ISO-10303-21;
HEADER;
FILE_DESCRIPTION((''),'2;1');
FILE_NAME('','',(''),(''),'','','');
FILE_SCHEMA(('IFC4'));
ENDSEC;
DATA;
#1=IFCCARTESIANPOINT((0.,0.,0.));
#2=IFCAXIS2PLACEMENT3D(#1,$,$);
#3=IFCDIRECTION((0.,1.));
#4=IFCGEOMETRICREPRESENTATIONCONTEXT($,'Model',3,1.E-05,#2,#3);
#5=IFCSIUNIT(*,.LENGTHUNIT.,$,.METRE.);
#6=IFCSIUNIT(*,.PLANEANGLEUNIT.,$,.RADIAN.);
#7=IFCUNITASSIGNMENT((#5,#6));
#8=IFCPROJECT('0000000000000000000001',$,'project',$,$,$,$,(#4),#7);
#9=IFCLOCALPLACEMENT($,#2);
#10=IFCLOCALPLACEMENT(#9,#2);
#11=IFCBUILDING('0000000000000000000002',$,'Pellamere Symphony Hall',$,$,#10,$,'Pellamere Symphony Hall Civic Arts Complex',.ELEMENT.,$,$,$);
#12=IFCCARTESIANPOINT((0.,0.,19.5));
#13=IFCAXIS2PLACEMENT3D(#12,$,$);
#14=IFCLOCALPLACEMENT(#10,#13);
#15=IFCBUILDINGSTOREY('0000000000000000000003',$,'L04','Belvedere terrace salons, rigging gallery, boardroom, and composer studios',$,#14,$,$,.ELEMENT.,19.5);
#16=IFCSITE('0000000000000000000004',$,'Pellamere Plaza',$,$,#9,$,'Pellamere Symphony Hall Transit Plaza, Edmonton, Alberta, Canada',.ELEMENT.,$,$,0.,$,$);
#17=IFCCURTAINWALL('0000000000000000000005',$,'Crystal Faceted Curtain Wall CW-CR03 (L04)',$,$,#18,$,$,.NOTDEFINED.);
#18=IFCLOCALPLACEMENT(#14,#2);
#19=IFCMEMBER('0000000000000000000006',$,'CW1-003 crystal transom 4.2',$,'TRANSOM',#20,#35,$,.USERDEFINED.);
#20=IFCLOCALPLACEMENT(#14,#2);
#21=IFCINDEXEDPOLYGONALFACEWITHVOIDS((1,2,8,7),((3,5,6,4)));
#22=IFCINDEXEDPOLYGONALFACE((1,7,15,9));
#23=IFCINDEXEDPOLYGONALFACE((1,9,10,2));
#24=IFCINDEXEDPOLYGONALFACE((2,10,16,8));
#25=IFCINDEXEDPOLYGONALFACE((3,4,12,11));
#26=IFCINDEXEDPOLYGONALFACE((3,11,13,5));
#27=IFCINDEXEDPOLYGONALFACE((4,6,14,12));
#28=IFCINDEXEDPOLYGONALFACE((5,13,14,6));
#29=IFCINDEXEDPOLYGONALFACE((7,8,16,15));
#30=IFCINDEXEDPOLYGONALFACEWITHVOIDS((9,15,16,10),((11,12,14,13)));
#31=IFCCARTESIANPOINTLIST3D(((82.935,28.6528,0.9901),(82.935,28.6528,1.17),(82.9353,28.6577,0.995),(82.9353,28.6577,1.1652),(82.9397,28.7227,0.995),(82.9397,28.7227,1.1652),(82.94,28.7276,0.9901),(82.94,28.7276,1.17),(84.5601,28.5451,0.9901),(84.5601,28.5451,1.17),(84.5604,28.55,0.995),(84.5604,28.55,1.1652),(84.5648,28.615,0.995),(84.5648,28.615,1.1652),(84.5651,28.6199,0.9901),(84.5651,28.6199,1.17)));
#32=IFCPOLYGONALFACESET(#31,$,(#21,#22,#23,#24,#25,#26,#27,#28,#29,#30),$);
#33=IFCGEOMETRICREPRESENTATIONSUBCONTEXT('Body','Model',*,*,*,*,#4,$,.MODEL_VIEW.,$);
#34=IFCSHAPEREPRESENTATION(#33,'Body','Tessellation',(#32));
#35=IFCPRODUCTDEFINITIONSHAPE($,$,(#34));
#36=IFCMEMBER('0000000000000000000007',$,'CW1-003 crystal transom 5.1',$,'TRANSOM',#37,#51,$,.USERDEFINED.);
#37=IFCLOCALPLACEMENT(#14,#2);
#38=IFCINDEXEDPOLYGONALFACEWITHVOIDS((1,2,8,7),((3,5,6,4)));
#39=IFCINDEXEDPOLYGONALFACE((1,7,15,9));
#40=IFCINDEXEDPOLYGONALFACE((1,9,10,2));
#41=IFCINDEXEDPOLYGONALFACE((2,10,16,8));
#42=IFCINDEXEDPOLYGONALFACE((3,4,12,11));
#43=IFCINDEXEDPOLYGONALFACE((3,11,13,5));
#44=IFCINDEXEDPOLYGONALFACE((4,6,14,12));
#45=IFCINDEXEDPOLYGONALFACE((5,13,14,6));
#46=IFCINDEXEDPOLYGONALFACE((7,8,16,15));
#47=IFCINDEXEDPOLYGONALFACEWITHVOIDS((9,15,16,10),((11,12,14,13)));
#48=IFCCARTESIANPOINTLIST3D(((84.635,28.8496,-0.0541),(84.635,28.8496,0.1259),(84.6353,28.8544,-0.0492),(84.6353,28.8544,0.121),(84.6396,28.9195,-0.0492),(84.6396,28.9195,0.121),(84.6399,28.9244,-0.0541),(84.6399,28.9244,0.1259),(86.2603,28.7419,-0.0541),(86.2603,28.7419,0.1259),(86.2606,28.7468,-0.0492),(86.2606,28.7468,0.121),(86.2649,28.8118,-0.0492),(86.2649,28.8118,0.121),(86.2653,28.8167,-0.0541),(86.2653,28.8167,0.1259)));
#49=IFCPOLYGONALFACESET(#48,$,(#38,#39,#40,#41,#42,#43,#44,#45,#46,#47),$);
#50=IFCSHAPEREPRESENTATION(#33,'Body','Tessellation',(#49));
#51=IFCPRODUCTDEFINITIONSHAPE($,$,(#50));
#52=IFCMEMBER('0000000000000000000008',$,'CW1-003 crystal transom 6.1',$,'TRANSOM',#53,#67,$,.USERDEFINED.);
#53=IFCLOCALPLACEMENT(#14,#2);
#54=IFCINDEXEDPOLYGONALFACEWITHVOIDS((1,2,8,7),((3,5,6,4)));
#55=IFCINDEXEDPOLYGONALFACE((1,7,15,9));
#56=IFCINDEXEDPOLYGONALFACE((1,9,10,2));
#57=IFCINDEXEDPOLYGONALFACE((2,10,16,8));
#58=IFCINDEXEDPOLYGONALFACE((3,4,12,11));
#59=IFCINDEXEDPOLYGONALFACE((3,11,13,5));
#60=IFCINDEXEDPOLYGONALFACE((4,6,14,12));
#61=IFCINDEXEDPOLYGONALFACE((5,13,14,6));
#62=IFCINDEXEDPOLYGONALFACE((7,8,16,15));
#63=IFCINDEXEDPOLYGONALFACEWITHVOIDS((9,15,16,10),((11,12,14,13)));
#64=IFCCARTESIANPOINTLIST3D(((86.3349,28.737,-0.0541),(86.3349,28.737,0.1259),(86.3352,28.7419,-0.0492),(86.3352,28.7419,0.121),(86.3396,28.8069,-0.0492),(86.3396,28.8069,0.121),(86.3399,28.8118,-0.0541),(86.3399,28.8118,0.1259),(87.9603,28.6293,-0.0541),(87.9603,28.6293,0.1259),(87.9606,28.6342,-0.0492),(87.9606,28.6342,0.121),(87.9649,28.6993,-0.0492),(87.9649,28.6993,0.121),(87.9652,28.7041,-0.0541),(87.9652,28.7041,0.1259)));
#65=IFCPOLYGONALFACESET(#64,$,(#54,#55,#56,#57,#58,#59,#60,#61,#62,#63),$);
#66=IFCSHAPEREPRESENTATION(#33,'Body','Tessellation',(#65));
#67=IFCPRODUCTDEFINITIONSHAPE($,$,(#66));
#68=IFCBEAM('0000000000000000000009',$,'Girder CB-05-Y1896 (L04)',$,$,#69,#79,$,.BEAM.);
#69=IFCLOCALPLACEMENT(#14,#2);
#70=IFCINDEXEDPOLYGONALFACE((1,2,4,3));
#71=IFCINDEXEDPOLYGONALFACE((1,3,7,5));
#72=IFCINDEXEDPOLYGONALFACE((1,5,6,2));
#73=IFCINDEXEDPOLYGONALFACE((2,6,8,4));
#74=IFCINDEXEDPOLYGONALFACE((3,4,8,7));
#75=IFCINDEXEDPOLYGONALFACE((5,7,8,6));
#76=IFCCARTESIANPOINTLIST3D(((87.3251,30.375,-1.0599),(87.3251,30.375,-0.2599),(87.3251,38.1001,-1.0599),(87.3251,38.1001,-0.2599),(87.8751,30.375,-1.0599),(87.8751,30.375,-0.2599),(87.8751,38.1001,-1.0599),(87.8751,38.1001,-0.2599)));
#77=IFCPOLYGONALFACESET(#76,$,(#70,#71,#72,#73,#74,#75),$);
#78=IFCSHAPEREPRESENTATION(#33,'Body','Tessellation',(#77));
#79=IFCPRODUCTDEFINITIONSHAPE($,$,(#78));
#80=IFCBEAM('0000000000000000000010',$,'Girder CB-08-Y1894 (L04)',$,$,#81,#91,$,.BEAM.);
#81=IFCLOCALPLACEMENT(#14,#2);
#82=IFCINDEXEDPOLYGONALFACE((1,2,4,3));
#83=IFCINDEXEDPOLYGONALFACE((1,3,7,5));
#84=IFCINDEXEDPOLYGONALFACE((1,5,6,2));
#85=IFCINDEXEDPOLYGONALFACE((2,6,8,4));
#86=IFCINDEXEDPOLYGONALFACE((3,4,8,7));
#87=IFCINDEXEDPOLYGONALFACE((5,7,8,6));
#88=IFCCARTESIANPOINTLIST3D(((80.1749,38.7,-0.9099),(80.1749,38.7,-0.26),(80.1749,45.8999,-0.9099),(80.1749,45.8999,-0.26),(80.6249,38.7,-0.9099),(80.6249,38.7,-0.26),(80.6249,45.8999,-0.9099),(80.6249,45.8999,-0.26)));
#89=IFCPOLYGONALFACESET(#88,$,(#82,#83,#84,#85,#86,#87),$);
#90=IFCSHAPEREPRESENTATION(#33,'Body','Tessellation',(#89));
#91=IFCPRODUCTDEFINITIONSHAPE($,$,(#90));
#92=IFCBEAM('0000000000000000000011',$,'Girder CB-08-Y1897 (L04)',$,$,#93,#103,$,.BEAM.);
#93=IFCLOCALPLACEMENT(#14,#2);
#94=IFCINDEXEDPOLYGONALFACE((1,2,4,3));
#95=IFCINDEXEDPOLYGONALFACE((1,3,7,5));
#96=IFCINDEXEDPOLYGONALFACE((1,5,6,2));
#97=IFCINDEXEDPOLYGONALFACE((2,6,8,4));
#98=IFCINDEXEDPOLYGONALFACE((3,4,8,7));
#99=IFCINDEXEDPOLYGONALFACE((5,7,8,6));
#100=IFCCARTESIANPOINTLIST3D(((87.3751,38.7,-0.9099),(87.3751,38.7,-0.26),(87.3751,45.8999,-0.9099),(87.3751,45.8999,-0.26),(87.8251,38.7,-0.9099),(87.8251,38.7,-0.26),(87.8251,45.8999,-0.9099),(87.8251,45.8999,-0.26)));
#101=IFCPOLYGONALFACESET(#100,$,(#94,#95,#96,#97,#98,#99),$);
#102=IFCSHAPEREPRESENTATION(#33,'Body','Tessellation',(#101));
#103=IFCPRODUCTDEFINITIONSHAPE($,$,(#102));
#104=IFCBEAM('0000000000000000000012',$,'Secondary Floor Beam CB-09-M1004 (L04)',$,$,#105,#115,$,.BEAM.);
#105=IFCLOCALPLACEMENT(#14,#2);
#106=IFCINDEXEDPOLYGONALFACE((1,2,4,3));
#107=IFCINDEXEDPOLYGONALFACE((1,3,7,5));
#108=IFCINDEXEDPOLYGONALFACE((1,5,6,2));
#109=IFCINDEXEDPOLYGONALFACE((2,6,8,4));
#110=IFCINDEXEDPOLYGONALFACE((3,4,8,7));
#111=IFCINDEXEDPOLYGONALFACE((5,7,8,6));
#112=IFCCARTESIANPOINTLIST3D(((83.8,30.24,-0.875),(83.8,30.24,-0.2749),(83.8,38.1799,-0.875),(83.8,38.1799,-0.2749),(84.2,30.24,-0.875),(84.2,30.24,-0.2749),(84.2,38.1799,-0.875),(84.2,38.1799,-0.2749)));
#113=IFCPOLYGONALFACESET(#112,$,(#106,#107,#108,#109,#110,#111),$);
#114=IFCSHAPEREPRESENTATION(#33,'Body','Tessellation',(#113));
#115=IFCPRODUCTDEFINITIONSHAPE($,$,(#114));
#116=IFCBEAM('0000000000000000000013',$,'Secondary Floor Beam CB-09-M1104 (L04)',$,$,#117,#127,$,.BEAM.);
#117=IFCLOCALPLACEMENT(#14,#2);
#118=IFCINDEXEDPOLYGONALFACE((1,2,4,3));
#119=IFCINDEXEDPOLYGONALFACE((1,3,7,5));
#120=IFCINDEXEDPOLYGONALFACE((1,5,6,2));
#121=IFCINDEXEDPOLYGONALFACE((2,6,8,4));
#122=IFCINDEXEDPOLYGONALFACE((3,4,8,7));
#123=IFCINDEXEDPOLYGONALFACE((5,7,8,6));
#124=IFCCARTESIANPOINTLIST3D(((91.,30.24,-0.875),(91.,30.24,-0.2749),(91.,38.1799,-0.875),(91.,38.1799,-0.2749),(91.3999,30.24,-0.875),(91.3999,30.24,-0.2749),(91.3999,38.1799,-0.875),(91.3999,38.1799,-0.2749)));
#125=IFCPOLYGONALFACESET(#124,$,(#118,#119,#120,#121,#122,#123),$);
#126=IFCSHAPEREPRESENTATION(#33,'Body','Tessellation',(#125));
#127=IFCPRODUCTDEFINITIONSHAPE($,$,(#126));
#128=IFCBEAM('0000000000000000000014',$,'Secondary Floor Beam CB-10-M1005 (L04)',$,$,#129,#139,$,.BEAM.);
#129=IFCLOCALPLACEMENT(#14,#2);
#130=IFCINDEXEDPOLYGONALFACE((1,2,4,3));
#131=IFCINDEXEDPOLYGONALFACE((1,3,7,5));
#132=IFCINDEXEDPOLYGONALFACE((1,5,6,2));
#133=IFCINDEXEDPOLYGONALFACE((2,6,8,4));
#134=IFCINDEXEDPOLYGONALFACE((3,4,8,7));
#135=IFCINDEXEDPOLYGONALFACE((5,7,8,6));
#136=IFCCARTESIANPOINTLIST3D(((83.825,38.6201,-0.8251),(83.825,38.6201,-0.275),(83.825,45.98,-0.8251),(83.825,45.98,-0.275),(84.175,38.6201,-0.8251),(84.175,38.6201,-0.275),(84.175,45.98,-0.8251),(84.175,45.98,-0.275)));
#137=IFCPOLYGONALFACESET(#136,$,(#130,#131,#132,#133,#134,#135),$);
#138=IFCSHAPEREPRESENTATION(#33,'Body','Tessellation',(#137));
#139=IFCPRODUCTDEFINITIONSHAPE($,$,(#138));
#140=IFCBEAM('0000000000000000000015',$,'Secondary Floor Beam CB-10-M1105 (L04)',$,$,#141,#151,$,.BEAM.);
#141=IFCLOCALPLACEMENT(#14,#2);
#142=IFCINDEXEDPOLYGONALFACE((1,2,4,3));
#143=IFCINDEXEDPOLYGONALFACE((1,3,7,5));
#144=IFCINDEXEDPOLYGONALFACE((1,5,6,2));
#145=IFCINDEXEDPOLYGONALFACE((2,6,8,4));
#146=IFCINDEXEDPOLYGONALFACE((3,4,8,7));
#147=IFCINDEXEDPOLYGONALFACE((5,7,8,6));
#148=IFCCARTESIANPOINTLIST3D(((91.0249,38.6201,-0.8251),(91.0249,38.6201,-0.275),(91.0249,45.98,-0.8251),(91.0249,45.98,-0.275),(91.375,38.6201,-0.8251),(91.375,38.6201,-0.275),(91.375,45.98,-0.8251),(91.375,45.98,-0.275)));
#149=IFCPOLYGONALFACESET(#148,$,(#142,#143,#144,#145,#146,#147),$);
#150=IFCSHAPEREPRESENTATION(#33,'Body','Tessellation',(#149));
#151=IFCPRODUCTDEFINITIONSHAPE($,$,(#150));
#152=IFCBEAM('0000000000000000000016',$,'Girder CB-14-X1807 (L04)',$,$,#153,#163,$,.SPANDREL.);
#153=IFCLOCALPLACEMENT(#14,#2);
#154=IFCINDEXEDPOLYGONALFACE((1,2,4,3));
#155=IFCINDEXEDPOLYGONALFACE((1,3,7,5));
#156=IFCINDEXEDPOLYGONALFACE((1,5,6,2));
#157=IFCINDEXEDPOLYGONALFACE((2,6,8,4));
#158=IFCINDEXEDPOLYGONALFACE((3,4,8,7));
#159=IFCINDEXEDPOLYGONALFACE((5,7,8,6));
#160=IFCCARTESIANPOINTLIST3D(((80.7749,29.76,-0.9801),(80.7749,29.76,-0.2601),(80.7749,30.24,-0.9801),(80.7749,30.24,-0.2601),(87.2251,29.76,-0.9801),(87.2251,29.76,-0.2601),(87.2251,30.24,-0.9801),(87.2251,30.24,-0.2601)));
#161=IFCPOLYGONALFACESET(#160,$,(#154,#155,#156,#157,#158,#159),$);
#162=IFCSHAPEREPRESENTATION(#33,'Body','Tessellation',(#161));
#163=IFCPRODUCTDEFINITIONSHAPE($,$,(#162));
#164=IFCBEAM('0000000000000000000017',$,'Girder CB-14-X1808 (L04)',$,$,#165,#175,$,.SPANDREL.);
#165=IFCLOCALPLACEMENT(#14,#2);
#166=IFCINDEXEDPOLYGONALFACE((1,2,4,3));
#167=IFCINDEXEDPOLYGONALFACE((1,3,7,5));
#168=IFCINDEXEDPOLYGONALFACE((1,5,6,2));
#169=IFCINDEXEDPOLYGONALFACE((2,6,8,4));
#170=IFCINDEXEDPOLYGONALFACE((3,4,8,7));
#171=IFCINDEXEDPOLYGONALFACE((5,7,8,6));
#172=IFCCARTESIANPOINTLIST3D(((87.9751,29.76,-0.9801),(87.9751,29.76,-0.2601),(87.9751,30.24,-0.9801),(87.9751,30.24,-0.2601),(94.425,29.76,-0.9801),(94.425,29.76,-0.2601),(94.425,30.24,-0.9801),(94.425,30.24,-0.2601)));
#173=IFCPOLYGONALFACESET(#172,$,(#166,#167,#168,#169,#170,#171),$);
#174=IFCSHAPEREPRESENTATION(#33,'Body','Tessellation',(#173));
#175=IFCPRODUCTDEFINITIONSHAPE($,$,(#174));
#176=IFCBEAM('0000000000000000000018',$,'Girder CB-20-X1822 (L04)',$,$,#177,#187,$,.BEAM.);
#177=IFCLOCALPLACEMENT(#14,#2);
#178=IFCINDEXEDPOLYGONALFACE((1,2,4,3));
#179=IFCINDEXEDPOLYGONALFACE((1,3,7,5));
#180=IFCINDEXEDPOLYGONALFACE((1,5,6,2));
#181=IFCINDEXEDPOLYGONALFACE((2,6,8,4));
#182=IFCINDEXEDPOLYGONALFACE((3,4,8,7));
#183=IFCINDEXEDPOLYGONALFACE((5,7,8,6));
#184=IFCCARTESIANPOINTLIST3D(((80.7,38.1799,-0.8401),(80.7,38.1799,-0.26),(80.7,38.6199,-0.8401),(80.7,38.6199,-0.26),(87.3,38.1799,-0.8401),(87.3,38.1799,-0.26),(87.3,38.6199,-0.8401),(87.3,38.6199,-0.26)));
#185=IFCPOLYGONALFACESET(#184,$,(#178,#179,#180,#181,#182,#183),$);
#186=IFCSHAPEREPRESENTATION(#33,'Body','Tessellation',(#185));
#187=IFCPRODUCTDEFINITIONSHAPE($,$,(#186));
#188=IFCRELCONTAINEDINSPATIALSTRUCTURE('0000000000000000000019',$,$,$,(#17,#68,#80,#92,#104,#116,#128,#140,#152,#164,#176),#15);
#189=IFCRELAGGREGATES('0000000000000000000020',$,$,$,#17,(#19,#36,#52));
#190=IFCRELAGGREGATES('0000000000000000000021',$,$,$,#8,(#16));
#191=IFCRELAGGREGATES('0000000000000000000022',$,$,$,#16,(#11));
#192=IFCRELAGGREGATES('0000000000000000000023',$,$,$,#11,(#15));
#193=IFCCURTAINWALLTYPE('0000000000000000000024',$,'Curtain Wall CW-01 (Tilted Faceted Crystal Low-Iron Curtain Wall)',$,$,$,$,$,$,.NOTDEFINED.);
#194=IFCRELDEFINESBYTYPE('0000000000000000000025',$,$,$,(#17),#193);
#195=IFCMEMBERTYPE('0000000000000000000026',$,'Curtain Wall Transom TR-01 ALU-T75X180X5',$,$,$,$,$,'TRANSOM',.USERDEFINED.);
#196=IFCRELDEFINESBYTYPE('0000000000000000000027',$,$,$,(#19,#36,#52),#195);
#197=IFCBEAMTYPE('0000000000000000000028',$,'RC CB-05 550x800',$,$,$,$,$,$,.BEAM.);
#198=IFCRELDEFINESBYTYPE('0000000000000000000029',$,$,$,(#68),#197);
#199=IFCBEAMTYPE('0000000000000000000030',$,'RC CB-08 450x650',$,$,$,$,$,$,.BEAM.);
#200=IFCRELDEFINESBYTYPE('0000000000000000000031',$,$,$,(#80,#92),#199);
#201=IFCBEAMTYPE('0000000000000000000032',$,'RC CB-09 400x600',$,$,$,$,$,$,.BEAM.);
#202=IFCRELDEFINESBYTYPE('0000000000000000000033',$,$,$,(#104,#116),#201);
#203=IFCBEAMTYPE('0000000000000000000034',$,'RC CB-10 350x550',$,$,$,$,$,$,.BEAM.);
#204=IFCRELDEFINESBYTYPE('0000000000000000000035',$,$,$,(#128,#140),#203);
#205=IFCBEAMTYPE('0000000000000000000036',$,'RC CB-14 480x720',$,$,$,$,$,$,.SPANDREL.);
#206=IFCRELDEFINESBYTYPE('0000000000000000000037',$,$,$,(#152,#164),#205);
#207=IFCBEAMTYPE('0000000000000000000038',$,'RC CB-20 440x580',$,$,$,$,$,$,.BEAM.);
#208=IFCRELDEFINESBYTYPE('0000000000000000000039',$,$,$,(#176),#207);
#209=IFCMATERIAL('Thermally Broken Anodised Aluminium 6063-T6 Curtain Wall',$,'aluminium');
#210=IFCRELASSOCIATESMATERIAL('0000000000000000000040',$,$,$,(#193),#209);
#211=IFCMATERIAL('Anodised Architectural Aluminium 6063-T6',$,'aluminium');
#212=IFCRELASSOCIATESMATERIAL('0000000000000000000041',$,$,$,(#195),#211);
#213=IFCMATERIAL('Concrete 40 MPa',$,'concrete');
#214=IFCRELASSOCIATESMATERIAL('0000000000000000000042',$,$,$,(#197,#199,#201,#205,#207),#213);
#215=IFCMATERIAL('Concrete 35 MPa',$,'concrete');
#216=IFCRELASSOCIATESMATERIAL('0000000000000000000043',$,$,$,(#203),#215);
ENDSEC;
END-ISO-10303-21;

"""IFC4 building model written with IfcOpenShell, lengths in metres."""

from ifc_helpers import new_model, si_unit, direction, frame, origin, origin_2d, place, context, subcontext, project, spatial, rectangle, hollow_rectangle, extrude, material, material_profile, profile_set, type_object, element, aggregate, save


model = new_model("IFC4")

# Units and contexts
model_context = context("Model", 3, precision=1e-05, world=origin(), true_north=direction((0.0, 1.0)))
body_context = subcontext(model_context, "Body", "Model", "MODEL_VIEW")
ifc_project = project(units=[si_unit("LENGTHUNIT", "METRE"), si_unit("PLANEANGLEUNIT", "RADIAN")], contexts=[model_context])

# Site, building, storey
site_placement = place(None, origin())
site = spatial("IfcSite", under=ifc_project, at=site_placement, Name="Pellamere Plaza", LongName="Pellamere Symphony Hall Transit Plaza, Edmonton, Alberta, Canada", CompositionType="ELEMENT", RefElevation=0.0)
building_placement = place(site_placement, origin())
building = spatial("IfcBuilding", under=site, at=building_placement, Name="Pellamere Symphony Hall", LongName="Pellamere Symphony Hall Civic Arts Complex", CompositionType="ELEMENT")
storey_placement = place(building_placement, frame((0.0, 0.0, 19.5)))
storey = spatial("IfcBuildingStorey", under=building, at=storey_placement, Name="L04", Description="Belvedere terrace salons, rigging gallery, boardroom, and composer studios", CompositionType="ELEMENT", Elevation=19.5)

# Shared definitions
ifc_material_1 = material(Name="Concrete 40 MPa", Category="concrete")
ifc_material_2 = material(Name="Concrete 35 MPa", Category="concrete")

# Curtain wall, members
ifc_material_3 = material(Name="Thermally Broken Anodised Aluminium 6063-T6 Curtain Wall", Category="aluminium")
curtain_wall_type = type_object("IfcCurtainWallType", Name="Curtain Wall CW-01 (Tilted Faceted Crystal Low-Iron Curtain Wall)", PredefinedType="NOTDEFINED", material=ifc_material_3)
curtain_wall_placement = place(storey_placement, origin())
curtain_wall = element("IfcCurtainWall", 1, at=curtain_wall_placement, inside=storey, type_object=curtain_wall_type, Name="Crystal Faceted Curtain Wall CW-CR03 (L04)", PredefinedType="NOTDEFINED")
ifc_material_4 = material(Name="Anodised Architectural Aluminium 6063-T6", Category="aluminium")
ifc_material_profile_1 = material_profile(ifc_material_4, hollow_rectangle(XDim=0.075, YDim=0.1799, WallThickness=0.0049, at=origin_2d()), Name="ALU-T75X180X5")
ifc_profile_set_1 = profile_set([ifc_material_profile_1], Name="Anodised Architectural Aluminium 6063-T6")
member_type_1 = type_object("IfcMemberType", Name="Curtain Wall Transom TR-01 ALU-T75X180X5", ElementType="TRANSOM", PredefinedType="USERDEFINED", material=ifc_profile_set_1)
member_1_placement = place(storey_placement, frame((82.9375, 28.6902, 1.0801), z_axis=(0.997812, -0.066111, 0.0), x_axis=(0.066111, 0.997812, 0.0)))
member_1 = element("IfcMember", 2, at=member_1_placement, type_object=member_type_1, Name="CW1-003 crystal transom 4.2", ObjectType="TRANSOM", PredefinedType="USERDEFINED", context=body_context, shape_type="SweptSolid", body=[
    extrude(hollow_rectangle(XDim=0.075, YDim=0.1799, WallThickness=0.0049, at=origin_2d()), origin(), (0.0, 0.0, 1.0), 1.6287),
])
member_2_placement = place(storey_placement, frame((84.6375, 28.887, 0.0359), z_axis=(0.997813, -0.066101, 0.0), x_axis=(0.066101, 0.997813, 0.0)))
member_2 = element("IfcMember", 3, at=member_2_placement, type_object=member_type_1, Name="CW1-003 crystal transom 5.1", ObjectType="TRANSOM", PredefinedType="USERDEFINED", context=body_context, shape_type="SweptSolid", body=[
    extrude(hollow_rectangle(XDim=0.075, YDim=0.1799, WallThickness=0.0049, at=origin_2d()), origin(), (0.0, 0.0, 1.0), 1.6289),
])
member_3_placement = place(storey_placement, frame((86.3374, 28.7744, 0.0359), z_axis=(0.997813, -0.066101, 0.0), x_axis=(0.066101, 0.997813, 0.0)))
member_3 = element("IfcMember", 4, at=member_3_placement, type_object=member_type_1, Name="CW1-003 crystal transom 6.1", ObjectType="TRANSOM", PredefinedType="USERDEFINED", context=body_context, shape_type="SweptSolid", body=[
    extrude(hollow_rectangle(XDim=0.075, YDim=0.1799, WallThickness=0.0049, at=origin_2d()), origin(), (0.0, 0.0, 1.0), 1.6289),
])

# Beams
ifc_material_profile_2 = material_profile(ifc_material_1, rectangle(XDim=0.55, YDim=0.8, at=origin_2d()), Name="RC 550x800")
ifc_profile_set_2 = profile_set([ifc_material_profile_2], Name="Concrete 40 MPa")
beam_type_1 = type_object("IfcBeamType", Name="RC CB-05 550x800", PredefinedType="BEAM", material=ifc_profile_set_2)
beam_1_placement = place(storey_placement, frame((87.6001, 30.375, -0.6599), z_axis=(0.0, 1.0, 0.0), x_axis=(-1.0, 0.0, 0.0)))
element("IfcBeam", 5, at=beam_1_placement, inside=storey, type_object=beam_type_1, Name="Girder CB-05-Y1896 (L04)", PredefinedType="BEAM", context=body_context, shape_type="SweptSolid", body=[
    extrude(rectangle(XDim=0.55, YDim=0.8, at=origin_2d()), origin(), (0.0, 0.0, 1.0), 7.7251),
])
ifc_material_profile_3 = material_profile(ifc_material_1, rectangle(XDim=0.45, YDim=0.6499, at=origin_2d()), Name="RC 450x650")
ifc_profile_set_3 = profile_set([ifc_material_profile_3], Name="Concrete 40 MPa")
beam_type_2 = type_object("IfcBeamType", Name="RC CB-08 450x650", PredefinedType="BEAM", material=ifc_profile_set_3)
for number, where, z_axis, x_axis, name in (
    (6, (80.3999, 38.7, -0.585), (0.0, 1.0, 0.0), (-1.0, 0.0, 0.0), "Girder CB-08-Y1894 (L04)"),
    (7, (87.6001, 38.7, -0.585), (0.0, 1.0, 0.0), (-1.0, 0.0, 0.0), "Girder CB-08-Y1897 (L04)"),
):
    element("IfcBeam", number, at=place(storey_placement, frame(where, z_axis=z_axis, x_axis=x_axis)), inside=storey, type_object=beam_type_2, Name=name, PredefinedType="BEAM", context=body_context, shape_type="SweptSolid", body=[
        extrude(rectangle(XDim=0.45, YDim=0.6499, at=origin_2d()), origin(), (0.0, 0.0, 1.0), 7.2),
    ])
ifc_material_profile_4 = material_profile(ifc_material_1, rectangle(XDim=0.3999, YDim=0.6001, at=origin_2d()), Name="RC 400x600")
ifc_profile_set_4 = profile_set([ifc_material_profile_4], Name="Concrete 40 MPa")
beam_type_3 = type_object("IfcBeamType", Name="RC CB-09 400x600", PredefinedType="BEAM", material=ifc_profile_set_4)
for number, where, z_axis, x_axis, name in (
    (8, (84.0, 30.24, -0.575), (0.0, 1.0, 0.0), (-1.0, 0.0, 0.0), "Secondary Floor Beam CB-09-M1004 (L04)"),
    (9, (91.2, 30.24, -0.575), (0.0, 1.0, 0.0), (-1.0, 0.0, 0.0), "Secondary Floor Beam CB-09-M1104 (L04)"),
):
    element("IfcBeam", number, at=place(storey_placement, frame(where, z_axis=z_axis, x_axis=x_axis)), inside=storey, type_object=beam_type_3, Name=name, PredefinedType="BEAM", context=body_context, shape_type="SweptSolid", body=[
        extrude(rectangle(XDim=0.3999, YDim=0.6001, at=origin_2d()), origin(), (0.0, 0.0, 1.0), 7.9399),
    ])
ifc_material_profile_5 = material_profile(ifc_material_2, rectangle(XDim=0.3501, YDim=0.55, at=origin_2d()), Name="RC 350x550")
ifc_profile_set_5 = profile_set([ifc_material_profile_5], Name="Concrete 35 MPa")
beam_type_4 = type_object("IfcBeamType", Name="RC CB-10 350x550", PredefinedType="BEAM", material=ifc_profile_set_5)
for number, where, z_axis, x_axis, name in (
    (10, (84.0, 38.6201, -0.55), (0.0, 1.0, 0.0), (-1.0, 0.0, 0.0), "Secondary Floor Beam CB-10-M1005 (L04)"),
    (11, (91.2, 38.6201, -0.55), (0.0, 1.0, 0.0), (-1.0, 0.0, 0.0), "Secondary Floor Beam CB-10-M1105 (L04)"),
):
    element("IfcBeam", number, at=place(storey_placement, frame(where, z_axis=z_axis, x_axis=x_axis)), inside=storey, type_object=beam_type_4, Name=name, PredefinedType="BEAM", context=body_context, shape_type="SweptSolid", body=[
        extrude(rectangle(XDim=0.3501, YDim=0.55, at=origin_2d()), origin(), (0.0, 0.0, 1.0), 7.3599),
    ])
ifc_material_profile_6 = material_profile(ifc_material_1, rectangle(XDim=0.48, YDim=0.72, at=origin_2d()), Name="RC 480x720")
ifc_profile_set_6 = profile_set([ifc_material_profile_6], Name="Concrete 40 MPa")
beam_type_5 = type_object("IfcBeamType", Name="RC CB-14 480x720", PredefinedType="SPANDREL", material=ifc_profile_set_6)
beam_2_placement = place(storey_placement, frame((80.7749, 30.0, -0.6201), z_axis=(1.0, 0.0, 0.0), x_axis=(0.0, 1.0, 0.0)))
element("IfcBeam", 12, at=beam_2_placement, inside=storey, type_object=beam_type_5, Name="Girder CB-14-X1807 (L04)", PredefinedType="SPANDREL", context=body_context, shape_type="SweptSolid", body=[
    extrude(rectangle(XDim=0.48, YDim=0.72, at=origin_2d()), origin(), (0.0, 0.0, 1.0), 6.4502),
])
beam_3_placement = place(storey_placement, frame((87.9751, 30.0, -0.6201), z_axis=(1.0, 0.0, 0.0), x_axis=(0.0, 1.0, 0.0)))
element("IfcBeam", 13, at=beam_3_placement, inside=storey, type_object=beam_type_5, Name="Girder CB-14-X1808 (L04)", PredefinedType="SPANDREL", context=body_context, shape_type="SweptSolid", body=[
    extrude(rectangle(XDim=0.48, YDim=0.72, at=origin_2d()), origin(), (0.0, 0.0, 1.0), 6.45),
])
ifc_material_profile_7 = material_profile(ifc_material_1, rectangle(XDim=0.4399, YDim=0.5801, at=origin_2d()), Name="RC 440x580")
ifc_profile_set_7 = profile_set([ifc_material_profile_7], Name="Concrete 40 MPa")
beam_type_6 = type_object("IfcBeamType", Name="RC CB-20 440x580", PredefinedType="BEAM", material=ifc_profile_set_7)
for number, where, z_axis, x_axis, name in (
    (14, (80.7, 38.3999, -0.55), (1.0, 0.0, 0.0), (0.0, 1.0, 0.0), "Girder CB-20-X1822 (L04)"),
):
    element("IfcBeam", number, at=place(storey_placement, frame(where, z_axis=z_axis, x_axis=x_axis)), inside=storey, type_object=beam_type_6, Name=name, PredefinedType="BEAM", context=body_context, shape_type="SweptSolid", body=[
        extrude(rectangle(XDim=0.4399, YDim=0.5801, at=origin_2d()), origin(), (0.0, 0.0, 1.0), 6.6001),
    ])

aggregate(curtain_wall, [member_1, member_2, member_3])

save(model, "model.ifc")
